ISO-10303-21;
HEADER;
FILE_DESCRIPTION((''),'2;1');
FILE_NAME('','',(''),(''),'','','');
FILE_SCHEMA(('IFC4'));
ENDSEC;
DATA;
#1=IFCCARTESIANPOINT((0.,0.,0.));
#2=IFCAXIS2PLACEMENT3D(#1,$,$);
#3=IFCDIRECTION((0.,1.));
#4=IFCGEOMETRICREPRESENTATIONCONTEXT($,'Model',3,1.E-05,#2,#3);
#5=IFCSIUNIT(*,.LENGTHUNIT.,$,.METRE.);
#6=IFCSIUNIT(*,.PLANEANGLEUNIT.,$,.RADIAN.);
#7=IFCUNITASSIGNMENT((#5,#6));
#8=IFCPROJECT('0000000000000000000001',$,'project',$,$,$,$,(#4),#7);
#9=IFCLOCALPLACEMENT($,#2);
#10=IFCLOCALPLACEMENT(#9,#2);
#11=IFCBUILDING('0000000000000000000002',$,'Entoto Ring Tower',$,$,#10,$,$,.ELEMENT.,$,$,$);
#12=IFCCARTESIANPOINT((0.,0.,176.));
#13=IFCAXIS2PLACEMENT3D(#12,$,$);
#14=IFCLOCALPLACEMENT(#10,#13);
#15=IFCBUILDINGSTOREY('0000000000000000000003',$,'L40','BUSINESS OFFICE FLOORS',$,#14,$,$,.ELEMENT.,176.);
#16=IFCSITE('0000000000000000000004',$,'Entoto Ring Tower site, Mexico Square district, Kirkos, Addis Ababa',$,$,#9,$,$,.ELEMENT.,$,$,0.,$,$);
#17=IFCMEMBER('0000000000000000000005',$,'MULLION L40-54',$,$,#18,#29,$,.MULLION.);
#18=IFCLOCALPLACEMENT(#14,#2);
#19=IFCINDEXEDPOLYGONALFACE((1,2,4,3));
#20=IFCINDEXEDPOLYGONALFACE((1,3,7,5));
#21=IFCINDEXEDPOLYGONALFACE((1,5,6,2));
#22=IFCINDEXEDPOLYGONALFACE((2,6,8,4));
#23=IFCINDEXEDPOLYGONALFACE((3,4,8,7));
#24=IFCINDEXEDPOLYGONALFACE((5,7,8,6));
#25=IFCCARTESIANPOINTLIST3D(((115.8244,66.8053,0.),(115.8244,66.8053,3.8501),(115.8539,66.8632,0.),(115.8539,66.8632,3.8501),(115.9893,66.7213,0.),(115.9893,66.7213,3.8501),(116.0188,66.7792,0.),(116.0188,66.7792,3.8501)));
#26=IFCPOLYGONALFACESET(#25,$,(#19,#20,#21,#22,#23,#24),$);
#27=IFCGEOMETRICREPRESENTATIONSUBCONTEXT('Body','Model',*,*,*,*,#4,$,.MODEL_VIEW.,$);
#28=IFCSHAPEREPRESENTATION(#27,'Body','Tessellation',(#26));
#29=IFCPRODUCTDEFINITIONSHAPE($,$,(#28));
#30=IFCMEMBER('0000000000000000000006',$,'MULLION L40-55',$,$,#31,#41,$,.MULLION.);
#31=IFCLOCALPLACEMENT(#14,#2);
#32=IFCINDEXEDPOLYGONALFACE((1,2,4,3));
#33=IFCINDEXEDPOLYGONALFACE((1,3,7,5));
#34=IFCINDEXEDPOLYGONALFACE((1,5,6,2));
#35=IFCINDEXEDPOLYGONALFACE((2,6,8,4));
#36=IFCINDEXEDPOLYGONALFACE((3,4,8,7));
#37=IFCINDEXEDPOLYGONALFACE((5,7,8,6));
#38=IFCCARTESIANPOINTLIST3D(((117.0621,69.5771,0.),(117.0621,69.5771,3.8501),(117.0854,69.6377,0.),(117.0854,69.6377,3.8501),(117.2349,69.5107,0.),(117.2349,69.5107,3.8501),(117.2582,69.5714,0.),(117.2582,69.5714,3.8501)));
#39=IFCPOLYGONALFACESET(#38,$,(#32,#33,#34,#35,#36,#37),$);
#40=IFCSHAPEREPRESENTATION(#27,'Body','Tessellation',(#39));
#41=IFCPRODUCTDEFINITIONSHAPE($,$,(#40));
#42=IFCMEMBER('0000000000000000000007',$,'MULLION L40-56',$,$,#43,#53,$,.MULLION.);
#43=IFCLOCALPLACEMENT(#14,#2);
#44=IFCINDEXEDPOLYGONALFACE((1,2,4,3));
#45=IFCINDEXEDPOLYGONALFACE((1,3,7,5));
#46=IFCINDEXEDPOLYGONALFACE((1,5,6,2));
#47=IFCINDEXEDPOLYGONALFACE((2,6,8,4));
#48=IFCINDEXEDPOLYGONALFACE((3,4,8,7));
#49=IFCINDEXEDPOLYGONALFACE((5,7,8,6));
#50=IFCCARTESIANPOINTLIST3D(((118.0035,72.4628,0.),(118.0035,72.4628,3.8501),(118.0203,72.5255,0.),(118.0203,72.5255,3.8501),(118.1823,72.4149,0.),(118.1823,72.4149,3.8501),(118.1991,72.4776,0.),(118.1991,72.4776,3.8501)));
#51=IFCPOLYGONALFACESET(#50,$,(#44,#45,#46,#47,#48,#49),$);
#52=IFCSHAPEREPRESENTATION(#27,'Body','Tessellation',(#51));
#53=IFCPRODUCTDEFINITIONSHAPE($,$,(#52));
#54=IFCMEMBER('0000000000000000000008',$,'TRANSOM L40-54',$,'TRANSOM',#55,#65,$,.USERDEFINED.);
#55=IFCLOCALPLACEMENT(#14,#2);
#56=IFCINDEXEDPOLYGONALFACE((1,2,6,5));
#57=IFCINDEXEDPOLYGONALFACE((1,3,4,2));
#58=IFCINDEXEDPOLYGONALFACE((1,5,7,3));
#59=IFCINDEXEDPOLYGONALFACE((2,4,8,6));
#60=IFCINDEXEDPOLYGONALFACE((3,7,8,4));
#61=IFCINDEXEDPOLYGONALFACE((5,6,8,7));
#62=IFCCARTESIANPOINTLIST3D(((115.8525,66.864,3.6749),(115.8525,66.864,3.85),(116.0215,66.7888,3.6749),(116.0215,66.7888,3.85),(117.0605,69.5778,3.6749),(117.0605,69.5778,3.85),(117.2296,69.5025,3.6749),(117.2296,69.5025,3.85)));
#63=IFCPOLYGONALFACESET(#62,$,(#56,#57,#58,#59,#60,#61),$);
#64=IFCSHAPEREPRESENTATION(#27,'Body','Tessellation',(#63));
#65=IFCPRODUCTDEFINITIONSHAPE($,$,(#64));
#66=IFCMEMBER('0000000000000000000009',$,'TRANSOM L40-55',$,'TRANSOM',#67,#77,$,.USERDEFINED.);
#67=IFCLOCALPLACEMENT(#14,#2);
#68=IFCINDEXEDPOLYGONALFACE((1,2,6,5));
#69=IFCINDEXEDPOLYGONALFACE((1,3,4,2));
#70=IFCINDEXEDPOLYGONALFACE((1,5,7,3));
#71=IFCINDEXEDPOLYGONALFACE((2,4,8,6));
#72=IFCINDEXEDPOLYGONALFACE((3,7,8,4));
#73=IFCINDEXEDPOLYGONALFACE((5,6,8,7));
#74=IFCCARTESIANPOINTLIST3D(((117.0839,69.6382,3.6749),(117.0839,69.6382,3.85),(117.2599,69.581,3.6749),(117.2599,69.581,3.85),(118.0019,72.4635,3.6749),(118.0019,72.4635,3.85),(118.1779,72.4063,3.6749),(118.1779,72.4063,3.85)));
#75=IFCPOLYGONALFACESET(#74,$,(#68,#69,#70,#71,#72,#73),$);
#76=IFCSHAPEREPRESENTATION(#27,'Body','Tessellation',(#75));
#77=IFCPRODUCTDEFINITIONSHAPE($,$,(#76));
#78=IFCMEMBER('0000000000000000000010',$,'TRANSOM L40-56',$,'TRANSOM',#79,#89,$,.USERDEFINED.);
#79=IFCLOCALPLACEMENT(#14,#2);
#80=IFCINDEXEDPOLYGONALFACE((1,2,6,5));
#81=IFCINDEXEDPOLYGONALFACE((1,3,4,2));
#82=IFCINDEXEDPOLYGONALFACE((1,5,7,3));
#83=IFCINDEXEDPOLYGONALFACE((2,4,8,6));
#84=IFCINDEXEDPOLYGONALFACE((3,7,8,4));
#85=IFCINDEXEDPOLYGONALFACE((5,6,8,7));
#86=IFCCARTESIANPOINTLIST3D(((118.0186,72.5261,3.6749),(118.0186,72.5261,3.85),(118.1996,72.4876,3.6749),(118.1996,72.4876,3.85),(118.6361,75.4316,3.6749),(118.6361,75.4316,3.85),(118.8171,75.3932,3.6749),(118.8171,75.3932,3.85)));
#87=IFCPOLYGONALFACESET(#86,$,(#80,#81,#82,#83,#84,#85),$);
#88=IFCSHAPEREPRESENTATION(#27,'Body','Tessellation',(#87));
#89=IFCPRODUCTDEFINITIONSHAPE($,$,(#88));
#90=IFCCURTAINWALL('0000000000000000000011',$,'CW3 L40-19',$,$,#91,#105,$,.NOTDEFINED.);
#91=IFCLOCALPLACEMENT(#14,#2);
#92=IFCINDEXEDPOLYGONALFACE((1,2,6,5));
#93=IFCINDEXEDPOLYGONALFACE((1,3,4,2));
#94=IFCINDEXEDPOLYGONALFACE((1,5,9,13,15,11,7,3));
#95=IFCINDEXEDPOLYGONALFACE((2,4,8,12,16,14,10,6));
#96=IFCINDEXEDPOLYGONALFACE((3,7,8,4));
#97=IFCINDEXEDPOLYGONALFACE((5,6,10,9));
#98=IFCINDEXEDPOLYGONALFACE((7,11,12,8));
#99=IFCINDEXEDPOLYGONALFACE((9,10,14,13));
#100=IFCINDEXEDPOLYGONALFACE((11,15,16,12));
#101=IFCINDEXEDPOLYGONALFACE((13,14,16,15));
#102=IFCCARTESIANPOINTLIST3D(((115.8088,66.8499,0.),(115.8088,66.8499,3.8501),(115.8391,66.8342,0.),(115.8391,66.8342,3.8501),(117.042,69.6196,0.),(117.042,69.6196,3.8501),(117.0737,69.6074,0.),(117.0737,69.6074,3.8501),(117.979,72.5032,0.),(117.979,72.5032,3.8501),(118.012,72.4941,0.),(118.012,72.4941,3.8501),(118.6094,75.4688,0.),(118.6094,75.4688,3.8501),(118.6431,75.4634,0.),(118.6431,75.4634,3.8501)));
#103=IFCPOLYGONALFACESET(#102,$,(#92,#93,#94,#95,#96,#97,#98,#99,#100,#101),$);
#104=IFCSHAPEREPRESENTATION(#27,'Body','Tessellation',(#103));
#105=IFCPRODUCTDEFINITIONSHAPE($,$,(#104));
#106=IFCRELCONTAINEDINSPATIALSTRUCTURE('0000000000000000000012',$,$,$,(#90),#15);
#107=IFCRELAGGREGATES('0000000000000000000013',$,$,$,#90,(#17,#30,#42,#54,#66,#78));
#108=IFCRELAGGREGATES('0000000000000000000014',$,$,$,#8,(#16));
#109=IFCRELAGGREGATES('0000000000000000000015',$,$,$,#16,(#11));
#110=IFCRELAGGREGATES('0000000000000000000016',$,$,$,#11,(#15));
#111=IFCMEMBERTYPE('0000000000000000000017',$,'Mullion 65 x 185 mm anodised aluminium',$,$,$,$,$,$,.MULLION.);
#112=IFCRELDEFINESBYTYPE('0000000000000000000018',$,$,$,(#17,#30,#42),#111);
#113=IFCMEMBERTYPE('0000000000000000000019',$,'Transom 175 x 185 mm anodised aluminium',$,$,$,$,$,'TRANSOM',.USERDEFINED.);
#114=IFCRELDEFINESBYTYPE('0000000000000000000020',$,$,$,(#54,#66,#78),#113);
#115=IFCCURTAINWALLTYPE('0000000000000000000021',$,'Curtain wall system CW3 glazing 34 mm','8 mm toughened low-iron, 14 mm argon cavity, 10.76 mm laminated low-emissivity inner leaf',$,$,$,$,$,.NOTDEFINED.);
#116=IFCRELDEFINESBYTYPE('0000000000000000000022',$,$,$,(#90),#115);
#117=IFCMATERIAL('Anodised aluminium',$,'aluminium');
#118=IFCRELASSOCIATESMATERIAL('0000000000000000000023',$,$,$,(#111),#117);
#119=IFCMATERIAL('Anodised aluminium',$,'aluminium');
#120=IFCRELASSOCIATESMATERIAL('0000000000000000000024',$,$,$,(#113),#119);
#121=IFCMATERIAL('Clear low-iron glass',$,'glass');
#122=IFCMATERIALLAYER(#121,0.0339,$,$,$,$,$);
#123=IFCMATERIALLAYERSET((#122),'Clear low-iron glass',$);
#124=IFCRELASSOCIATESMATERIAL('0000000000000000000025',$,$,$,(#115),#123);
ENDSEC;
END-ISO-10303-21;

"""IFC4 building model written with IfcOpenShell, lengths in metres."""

from ifc_helpers import new_model, si_unit, direction, frame, origin, origin_2d, place, context, subcontext, project, spatial, polyline, rectangle, outline, extrude, material, layer, layer_set, material_profile, profile_set, type_object, element, aggregate, save


model = new_model("IFC4")

# Units and contexts
model_context = context("Model", 3, precision=1e-05, world=origin(), true_north=direction((0.0, 1.0)))
body_context = subcontext(model_context, "Body", "Model", "MODEL_VIEW")
ifc_project = project(units=[si_unit("LENGTHUNIT", "METRE"), si_unit("PLANEANGLEUNIT", "RADIAN")], contexts=[model_context])

# Members
ifc_material_1 = material(Name="Anodised aluminium", Category="aluminium")
ifc_material_profile_1 = material_profile(ifc_material_1, rectangle(XDim=0.0649, YDim=0.1851, at=origin_2d()), Name="Mullion 65 x 185 mm anodised aluminium")
ifc_profile_set_1 = profile_set([ifc_material_profile_1], Name="Anodised aluminium")
member_type_1 = type_object("IfcMemberType", Name="Mullion 65 x 185 mm anodised aluminium", PredefinedType="MULLION", material=ifc_profile_set_1)
site_placement = place(None, origin())
building_placement = place(site_placement, origin())
storey_placement = place(building_placement, frame((0.0, 0.0, 176.0)))
member_1_placement = place(storey_placement, frame((115.9216, 66.7922, 0.0), z_axis=(0.0, 0.0, 1.0), x_axis=(0.45399, 0.891007, 0.0)))
member_1 = element("IfcMember", 1, at=member_1_placement, type_object=member_type_1, Name="MULLION L40-54", PredefinedType="MULLION", context=body_context, shape_type="SweptSolid", body=[
    extrude(rectangle(XDim=0.0649, YDim=0.1851, at=origin_2d()), origin(), (0.0, 0.0, 1.0), 3.8501),
])
member_2_placement = place(storey_placement, frame((117.1602, 69.5742, 0.0), z_axis=(0.0, 0.0, 1.0), x_axis=(0.358368, 0.93358, 0.0)))
member_2 = element("IfcMember", 2, at=member_2_placement, type_object=member_type_1, Name="MULLION L40-55", PredefinedType="MULLION", context=body_context, shape_type="SweptSolid", body=[
    extrude(rectangle(XDim=0.0649, YDim=0.1851, at=origin_2d()), origin(), (0.0, 0.0, 1.0), 3.8501),
])
member_3_placement = place(storey_placement, frame((118.1013, 72.4702, 0.0), z_axis=(0.0, 0.0, 1.0), x_axis=(0.258819, 0.965926, 0.0)))
member_3 = element("IfcMember", 3, at=member_3_placement, type_object=member_type_1, Name="MULLION L40-56", PredefinedType="MULLION", context=body_context, shape_type="SweptSolid", body=[
    extrude(rectangle(XDim=0.0649, YDim=0.1851, at=origin_2d()), origin(), (0.0, 0.0, 1.0), 3.8501),
])
ifc_material_2 = material(Name="Anodised aluminium", Category="aluminium")
ifc_material_profile_2 = material_profile(ifc_material_2, rectangle(XDim=0.1851, YDim=0.175, at=origin_2d()), Name="Transom 175 x 185 mm anodised aluminium")
ifc_profile_set_2 = profile_set([ifc_material_profile_2], Name="Anodised aluminium")
member_type_2 = type_object("IfcMemberType", Name="Transom 175 x 185 mm anodised aluminium", ElementType="TRANSOM", PredefinedType="USERDEFINED", material=ifc_profile_set_2)
member_4_placement = place(storey_placement, frame((115.937, 66.8264, 3.7625), z_axis=(0.406687, 0.913567, 0.0), x_axis=(-0.913567, 0.406687, 0.0)))
member_4 = element("IfcMember", 4, at=member_4_placement, type_object=member_type_2, Name="TRANSOM L40-54", ObjectType="TRANSOM", PredefinedType="USERDEFINED", context=body_context, shape_type="SweptSolid", body=[
    extrude(rectangle(XDim=0.1851, YDim=0.175, at=origin_2d()), origin(), (0.0, 0.0, 1.0), 2.9705),
])
member_5_placement = place(storey_placement, frame((117.1719, 69.6096, 3.7625), z_axis=(0.309019, 0.951056, 0.0), x_axis=(-0.951056, 0.309019, 0.0)))
member_5 = element("IfcMember", 5, at=member_5_placement, type_object=member_type_2, Name="TRANSOM L40-55", ObjectType="TRANSOM", PredefinedType="USERDEFINED", context=body_context, shape_type="SweptSolid", body=[
    extrude(rectangle(XDim=0.1851, YDim=0.175, at=origin_2d()), origin(), (0.0, 0.0, 1.0), 2.9707),
])
member_6_placement = place(storey_placement, frame((118.1091, 72.5068, 3.7625), z_axis=(0.207862, 0.978158, 0.0), x_axis=(-0.978158, 0.207862, 0.0)))
member_6 = element("IfcMember", 6, at=member_6_placement, type_object=member_type_2, Name="TRANSOM L40-56", ObjectType="TRANSOM", PredefinedType="USERDEFINED", context=body_context, shape_type="SweptSolid", body=[
    extrude(rectangle(XDim=0.1851, YDim=0.175, at=origin_2d()), origin(), (0.0, 0.0, 1.0), 2.9705),
])

# Site, building, storey
site = spatial("IfcSite", under=ifc_project, at=site_placement, Name="Entoto Ring Tower site, Mexico Square district, Kirkos, Addis Ababa", CompositionType="ELEMENT", RefElevation=0.0)
building = spatial("IfcBuilding", under=site, at=building_placement, Name="Entoto Ring Tower", CompositionType="ELEMENT")
storey = spatial("IfcBuildingStorey", under=building, at=storey_placement, Name="L40", Description="BUSINESS OFFICE FLOORS", CompositionType="ELEMENT", Elevation=176.0)

# Curtain wall
ifc_material_3 = material(Name="Clear low-iron glass", Category="glass")
ifc_layer = layer(ifc_material_3, 0.0339)
ifc_layer_set = layer_set([ifc_layer], Name="Clear low-iron glass")
curtain_wall_type = type_object("IfcCurtainWallType", Name="Curtain wall system CW3 glazing 34 mm", Description="8 mm toughened low-iron, 14 mm argon cavity, 10.76 mm laminated low-emissivity inner leaf", PredefinedType="NOTDEFINED", material=ifc_layer_set)
curtain_wall_1_placement = place(storey_placement, origin())
curtain_wall_1 = element("IfcCurtainWall", 7, at=curtain_wall_1_placement, inside=storey, type_object=curtain_wall_type, Name="CW3 L40-19", PredefinedType="NOTDEFINED", context=body_context, shape_type="SweptSolid", body=[
    extrude(outline(polyline([(115.8391, 66.8342), (117.0737, 69.6074), (118.012, 72.4941), (118.6431, 75.4634), (118.6094, 75.4688), (117.979, 72.5032), (117.042, 69.6196), (115.8088, 66.8499), (115.8391, 66.8342)])), origin(), (0.0, 0.0, 1.0), 3.8501),
])
aggregate(curtain_wall_1, [member_1, member_2, member_3, member_4, member_5, member_6])

save(model, "model.ifc")
